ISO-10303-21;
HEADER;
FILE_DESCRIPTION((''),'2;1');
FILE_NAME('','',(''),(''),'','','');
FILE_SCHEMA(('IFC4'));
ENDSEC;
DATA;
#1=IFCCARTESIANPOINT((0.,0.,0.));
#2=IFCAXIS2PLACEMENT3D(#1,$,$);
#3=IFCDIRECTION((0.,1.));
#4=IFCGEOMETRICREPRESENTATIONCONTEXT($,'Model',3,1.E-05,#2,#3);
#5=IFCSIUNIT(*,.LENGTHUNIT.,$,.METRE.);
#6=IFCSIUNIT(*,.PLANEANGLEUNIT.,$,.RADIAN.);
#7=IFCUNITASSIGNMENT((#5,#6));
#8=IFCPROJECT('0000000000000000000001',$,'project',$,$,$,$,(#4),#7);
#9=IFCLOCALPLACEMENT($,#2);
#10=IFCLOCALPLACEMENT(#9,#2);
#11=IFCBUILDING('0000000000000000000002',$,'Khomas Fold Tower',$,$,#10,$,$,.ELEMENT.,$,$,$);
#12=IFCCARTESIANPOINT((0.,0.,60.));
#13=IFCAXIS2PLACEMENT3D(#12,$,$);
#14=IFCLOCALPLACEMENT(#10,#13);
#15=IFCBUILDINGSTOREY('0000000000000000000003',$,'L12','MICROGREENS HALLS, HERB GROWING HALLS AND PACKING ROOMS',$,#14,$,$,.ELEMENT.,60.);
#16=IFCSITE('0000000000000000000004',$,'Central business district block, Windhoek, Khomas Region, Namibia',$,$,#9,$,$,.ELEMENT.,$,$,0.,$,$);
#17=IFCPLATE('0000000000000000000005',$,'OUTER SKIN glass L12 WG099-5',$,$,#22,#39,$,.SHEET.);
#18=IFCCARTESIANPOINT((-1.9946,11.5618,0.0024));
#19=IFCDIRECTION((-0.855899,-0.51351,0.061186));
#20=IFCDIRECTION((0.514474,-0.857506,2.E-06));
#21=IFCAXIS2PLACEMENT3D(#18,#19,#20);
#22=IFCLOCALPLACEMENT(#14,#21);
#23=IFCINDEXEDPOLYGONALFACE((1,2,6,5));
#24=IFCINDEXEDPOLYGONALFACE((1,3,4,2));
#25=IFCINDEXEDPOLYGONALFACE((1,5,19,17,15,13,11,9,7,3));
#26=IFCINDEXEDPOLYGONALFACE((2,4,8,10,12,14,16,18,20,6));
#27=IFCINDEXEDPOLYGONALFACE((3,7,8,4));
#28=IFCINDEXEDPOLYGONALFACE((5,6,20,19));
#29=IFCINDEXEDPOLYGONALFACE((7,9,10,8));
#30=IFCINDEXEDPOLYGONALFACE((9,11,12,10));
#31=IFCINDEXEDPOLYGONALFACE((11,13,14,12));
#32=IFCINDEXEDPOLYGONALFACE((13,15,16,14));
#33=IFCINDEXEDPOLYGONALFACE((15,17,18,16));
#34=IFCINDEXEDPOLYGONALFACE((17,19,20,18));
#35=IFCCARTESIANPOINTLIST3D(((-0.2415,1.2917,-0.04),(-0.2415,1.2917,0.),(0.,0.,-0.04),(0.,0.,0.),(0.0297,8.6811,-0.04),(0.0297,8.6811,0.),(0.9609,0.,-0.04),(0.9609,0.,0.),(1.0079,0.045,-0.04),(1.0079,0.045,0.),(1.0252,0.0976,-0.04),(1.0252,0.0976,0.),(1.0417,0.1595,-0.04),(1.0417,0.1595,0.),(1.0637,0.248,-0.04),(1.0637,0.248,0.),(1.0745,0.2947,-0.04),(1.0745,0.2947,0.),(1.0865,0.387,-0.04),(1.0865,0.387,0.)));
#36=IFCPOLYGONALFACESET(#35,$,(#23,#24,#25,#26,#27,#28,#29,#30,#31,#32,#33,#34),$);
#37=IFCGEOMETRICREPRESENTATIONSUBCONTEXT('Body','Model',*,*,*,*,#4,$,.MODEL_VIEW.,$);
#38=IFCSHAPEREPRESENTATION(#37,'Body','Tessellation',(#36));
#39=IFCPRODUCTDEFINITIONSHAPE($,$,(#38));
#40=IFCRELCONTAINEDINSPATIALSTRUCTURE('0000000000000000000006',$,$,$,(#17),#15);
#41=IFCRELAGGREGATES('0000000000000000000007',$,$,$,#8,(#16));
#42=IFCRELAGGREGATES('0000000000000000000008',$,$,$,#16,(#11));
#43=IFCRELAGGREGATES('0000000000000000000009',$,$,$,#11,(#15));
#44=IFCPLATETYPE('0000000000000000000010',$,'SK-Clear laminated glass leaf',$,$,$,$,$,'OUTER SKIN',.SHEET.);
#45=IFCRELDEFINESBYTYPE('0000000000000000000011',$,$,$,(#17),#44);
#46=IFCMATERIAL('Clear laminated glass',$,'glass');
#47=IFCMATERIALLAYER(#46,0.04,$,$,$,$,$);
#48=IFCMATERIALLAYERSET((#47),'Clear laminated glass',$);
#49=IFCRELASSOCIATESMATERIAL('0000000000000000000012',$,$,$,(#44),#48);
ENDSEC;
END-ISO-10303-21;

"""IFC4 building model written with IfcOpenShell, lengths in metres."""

from ifc_helpers import new_model, si_unit, direction, frame, origin, place, context, subcontext, project, spatial, polyline, outline, extrude, material, layer, layer_set, type_object, element, save


model = new_model("IFC4")

# Units and contexts
model_context = context("Model", 3, precision=1e-05, world=origin(), true_north=direction((0.0, 1.0)))
body_context = subcontext(model_context, "Body", "Model", "MODEL_VIEW")
ifc_project = project(units=[si_unit("LENGTHUNIT", "METRE"), si_unit("PLANEANGLEUNIT", "RADIAN")], contexts=[model_context])

# Site, building, storey
site_placement = place(None, origin())
site = spatial("IfcSite", under=ifc_project, at=site_placement, Name="Central business district block, Windhoek, Khomas Region, Namibia", CompositionType="ELEMENT", RefElevation=0.0)
building_placement = place(site_placement, origin())
building = spatial("IfcBuilding", under=site, at=building_placement, Name="Khomas Fold Tower", CompositionType="ELEMENT")
storey_placement = place(building_placement, frame((0.0, 0.0, 60.0)))
storey = spatial("IfcBuildingStorey", under=building, at=storey_placement, Name="L12", Description="MICROGREENS HALLS, HERB GROWING HALLS AND PACKING ROOMS", CompositionType="ELEMENT", Elevation=60.0)

# Plate
ifc_material_1 = material(Name="Clear laminated glass", Category="glass")
ifc_layer_1 = layer(ifc_material_1, 0.04)
ifc_layer_set_1 = layer_set([ifc_layer_1], Name="Clear laminated glass")
plate_type_1 = type_object("IfcPlateType", Name="SK-Clear laminated glass leaf", ElementType="OUTER SKIN", PredefinedType="SHEET", material=ifc_layer_set_1)
plate_1_placement = place(storey_placement, frame((-1.9946, 11.5618, 0.0024), z_axis=(-0.855899, -0.51351, 0.061186), x_axis=(0.514474, -0.857506, 0.000002)))
element("IfcPlate", 1, at=plate_1_placement, inside=storey, type_object=plate_type_1, Name="OUTER SKIN glass L12 WG099-5", PredefinedType="SHEET", context=body_context, shape_type="SweptSolid", body=[
    extrude(outline(polyline([(0.0, 0.0), (0.9609, 0.0), (1.0079, 0.045), (1.0252, 0.0976), (1.0417, 0.1595), (1.0637, 0.248), (1.0745, 0.2947), (1.0865, 0.387), (0.0297, 8.6811), (-0.2415, 1.2917), (0.0, 0.0)])), origin(), (0.0, 0.0, -1.0), 0.04),
])

save(model, "model.ifc")
